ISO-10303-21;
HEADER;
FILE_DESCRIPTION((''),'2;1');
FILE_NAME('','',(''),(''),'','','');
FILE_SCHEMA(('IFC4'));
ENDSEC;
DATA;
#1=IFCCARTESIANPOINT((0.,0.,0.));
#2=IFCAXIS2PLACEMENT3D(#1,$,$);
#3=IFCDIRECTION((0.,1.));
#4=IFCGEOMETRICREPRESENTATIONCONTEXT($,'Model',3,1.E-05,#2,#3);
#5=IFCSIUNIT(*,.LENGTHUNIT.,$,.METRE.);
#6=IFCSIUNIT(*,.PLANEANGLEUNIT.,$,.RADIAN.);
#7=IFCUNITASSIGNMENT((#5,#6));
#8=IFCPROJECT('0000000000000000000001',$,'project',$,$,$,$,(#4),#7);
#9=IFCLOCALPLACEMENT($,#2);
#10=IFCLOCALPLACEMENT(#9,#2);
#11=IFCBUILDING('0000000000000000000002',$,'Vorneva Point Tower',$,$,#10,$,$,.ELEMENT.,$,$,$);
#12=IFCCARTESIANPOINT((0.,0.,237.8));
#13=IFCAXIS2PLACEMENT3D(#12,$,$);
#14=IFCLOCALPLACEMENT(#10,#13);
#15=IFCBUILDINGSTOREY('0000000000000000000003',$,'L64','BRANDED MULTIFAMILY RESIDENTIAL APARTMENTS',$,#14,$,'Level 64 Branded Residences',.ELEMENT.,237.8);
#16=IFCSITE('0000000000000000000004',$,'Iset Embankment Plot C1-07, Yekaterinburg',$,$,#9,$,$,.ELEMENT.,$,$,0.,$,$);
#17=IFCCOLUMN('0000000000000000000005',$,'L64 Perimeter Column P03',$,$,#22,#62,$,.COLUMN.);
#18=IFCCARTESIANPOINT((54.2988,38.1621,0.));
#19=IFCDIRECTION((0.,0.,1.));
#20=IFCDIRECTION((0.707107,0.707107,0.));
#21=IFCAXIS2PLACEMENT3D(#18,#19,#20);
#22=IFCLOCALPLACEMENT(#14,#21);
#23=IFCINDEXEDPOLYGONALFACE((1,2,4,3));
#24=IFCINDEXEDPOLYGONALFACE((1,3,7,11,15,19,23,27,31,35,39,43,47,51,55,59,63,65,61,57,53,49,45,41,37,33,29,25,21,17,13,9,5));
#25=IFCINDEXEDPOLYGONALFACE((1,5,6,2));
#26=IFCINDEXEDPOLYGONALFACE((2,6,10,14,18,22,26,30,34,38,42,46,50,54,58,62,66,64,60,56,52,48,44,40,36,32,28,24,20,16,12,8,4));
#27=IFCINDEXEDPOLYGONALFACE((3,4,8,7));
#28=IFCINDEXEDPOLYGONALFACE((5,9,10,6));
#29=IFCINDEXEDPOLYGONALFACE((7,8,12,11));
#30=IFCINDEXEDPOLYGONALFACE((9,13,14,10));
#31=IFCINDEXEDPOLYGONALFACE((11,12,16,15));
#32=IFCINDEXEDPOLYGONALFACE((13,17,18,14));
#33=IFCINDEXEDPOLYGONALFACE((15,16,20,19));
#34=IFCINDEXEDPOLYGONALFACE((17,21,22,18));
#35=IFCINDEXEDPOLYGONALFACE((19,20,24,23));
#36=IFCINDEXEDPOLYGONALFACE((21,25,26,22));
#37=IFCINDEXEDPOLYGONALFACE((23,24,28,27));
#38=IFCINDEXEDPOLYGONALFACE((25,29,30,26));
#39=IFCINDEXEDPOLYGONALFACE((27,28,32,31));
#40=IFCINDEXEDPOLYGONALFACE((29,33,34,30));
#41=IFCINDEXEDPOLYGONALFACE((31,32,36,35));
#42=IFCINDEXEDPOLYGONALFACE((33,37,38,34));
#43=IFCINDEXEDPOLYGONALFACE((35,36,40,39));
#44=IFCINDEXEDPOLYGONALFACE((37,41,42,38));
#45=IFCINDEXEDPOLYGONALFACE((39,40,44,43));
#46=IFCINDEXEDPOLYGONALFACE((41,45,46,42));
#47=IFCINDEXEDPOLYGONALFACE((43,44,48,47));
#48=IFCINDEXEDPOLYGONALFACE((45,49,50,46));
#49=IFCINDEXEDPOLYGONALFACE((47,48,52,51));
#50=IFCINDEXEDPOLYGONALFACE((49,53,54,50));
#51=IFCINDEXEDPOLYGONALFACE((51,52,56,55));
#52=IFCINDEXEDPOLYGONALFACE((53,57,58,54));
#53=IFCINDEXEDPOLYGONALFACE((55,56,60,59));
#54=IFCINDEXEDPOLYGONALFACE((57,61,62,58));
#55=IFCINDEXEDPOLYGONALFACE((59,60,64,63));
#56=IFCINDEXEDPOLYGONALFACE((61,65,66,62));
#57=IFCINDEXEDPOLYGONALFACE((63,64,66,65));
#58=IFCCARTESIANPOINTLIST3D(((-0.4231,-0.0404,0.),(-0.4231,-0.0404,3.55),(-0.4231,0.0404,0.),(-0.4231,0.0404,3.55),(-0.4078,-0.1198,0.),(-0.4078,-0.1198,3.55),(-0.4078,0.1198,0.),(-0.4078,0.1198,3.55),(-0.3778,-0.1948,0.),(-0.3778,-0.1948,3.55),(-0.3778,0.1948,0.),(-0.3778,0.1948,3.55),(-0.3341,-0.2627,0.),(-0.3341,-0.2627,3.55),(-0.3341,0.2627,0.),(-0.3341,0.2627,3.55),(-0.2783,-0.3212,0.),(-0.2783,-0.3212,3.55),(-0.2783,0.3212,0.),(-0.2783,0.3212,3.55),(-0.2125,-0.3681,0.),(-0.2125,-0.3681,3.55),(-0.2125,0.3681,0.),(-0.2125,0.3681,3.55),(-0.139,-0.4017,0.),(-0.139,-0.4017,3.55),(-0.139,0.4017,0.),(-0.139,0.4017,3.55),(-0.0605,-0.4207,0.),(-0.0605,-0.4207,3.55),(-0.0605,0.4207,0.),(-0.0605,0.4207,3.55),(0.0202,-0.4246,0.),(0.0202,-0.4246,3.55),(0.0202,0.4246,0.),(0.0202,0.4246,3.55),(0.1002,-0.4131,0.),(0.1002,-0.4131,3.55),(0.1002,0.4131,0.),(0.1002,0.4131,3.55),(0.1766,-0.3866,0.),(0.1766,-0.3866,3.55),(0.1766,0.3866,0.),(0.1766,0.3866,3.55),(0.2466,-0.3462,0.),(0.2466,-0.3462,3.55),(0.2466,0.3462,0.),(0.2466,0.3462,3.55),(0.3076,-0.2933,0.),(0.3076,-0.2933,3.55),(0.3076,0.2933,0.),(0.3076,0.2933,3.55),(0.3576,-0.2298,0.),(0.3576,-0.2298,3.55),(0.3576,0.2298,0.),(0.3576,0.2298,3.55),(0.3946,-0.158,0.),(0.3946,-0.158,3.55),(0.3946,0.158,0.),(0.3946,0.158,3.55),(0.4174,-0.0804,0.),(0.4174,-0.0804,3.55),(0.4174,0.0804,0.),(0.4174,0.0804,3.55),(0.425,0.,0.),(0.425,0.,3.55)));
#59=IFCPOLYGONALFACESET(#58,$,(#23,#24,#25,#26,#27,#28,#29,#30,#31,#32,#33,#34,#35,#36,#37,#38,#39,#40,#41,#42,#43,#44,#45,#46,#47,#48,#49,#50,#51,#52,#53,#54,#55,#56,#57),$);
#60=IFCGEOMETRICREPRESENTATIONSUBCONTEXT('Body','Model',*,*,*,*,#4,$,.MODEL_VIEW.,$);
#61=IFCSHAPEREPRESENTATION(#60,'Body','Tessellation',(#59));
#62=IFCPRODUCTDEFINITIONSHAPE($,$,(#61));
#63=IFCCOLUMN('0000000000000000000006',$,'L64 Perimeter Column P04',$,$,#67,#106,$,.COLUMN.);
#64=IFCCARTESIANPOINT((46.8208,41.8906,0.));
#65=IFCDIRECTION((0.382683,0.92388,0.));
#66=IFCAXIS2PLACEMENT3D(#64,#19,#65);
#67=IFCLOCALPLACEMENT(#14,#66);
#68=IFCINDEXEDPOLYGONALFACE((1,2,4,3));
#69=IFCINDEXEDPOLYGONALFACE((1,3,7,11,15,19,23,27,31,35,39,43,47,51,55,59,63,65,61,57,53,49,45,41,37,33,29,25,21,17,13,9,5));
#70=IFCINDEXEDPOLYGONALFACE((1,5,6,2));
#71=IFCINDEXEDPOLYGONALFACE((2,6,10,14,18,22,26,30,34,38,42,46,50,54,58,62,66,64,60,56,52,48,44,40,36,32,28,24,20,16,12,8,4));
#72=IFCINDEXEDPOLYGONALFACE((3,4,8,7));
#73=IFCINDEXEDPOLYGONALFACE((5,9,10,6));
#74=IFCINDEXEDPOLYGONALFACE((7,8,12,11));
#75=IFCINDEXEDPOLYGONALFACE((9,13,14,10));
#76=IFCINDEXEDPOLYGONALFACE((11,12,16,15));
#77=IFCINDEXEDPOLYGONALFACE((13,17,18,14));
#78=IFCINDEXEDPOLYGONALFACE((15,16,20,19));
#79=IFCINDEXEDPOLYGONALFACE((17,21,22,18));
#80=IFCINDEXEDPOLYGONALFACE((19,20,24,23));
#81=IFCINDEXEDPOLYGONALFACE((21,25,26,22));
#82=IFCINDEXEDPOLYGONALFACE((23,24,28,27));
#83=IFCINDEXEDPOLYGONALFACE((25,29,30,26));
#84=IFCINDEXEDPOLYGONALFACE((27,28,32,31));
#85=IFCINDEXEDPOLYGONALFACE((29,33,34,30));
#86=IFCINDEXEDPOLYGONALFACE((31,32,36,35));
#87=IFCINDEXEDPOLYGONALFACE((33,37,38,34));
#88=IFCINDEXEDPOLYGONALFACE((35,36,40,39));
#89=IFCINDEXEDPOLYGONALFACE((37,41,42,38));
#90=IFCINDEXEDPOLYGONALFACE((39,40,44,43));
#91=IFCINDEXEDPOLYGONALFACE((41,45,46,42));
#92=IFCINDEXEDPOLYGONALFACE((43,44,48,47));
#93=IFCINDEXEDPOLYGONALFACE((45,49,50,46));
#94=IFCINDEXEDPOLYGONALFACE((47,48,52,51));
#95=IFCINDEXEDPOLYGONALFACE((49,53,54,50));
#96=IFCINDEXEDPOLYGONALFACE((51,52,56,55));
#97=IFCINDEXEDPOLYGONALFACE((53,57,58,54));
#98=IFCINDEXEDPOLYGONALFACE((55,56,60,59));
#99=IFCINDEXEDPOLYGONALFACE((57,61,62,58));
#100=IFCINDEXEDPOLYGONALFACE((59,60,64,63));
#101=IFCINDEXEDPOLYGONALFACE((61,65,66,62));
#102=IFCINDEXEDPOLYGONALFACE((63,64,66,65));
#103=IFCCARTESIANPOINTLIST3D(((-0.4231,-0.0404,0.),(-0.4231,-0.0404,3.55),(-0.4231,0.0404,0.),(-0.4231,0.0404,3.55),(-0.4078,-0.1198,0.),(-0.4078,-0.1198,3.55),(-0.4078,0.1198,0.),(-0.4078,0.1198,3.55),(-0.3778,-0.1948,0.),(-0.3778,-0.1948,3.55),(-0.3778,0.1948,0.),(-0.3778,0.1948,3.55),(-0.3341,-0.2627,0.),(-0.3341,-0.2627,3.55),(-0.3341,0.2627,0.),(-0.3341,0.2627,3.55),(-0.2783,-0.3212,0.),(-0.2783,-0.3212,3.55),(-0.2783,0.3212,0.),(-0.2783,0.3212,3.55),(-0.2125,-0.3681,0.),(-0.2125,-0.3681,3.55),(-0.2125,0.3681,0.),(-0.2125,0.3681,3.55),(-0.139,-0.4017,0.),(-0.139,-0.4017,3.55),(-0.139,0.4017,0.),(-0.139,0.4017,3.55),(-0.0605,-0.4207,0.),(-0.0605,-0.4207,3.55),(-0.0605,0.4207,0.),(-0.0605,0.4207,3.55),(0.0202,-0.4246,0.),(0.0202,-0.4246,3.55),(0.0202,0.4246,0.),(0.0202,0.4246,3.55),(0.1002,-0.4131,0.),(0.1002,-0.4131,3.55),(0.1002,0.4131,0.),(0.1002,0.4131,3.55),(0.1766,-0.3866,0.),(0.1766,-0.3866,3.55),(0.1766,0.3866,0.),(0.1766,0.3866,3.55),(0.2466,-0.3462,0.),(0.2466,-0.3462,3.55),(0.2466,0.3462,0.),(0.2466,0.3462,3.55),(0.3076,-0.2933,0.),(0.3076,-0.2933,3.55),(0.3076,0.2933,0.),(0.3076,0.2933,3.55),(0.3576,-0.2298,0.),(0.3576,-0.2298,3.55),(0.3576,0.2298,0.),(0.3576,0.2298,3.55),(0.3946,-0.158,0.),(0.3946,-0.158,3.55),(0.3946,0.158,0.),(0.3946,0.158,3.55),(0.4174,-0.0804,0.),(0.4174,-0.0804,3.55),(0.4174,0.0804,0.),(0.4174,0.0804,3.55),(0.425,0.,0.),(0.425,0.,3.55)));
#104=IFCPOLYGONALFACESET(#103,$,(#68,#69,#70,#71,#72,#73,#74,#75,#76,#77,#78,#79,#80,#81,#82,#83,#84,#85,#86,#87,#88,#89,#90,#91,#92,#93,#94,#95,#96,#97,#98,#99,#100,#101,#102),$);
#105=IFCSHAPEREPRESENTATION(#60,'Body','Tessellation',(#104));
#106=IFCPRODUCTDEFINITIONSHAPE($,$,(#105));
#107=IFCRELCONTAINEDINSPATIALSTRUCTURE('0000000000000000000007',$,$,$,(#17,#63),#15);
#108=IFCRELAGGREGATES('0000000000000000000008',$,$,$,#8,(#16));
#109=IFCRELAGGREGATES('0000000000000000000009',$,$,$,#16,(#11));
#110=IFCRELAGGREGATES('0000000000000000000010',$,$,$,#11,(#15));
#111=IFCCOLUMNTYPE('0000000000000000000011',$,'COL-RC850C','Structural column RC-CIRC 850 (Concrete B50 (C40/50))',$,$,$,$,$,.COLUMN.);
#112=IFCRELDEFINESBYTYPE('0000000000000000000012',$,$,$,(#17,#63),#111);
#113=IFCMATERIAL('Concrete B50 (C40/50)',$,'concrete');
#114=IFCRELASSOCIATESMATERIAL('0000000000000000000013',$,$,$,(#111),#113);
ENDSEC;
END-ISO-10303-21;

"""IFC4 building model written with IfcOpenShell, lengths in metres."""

from ifc_helpers import new_model, si_unit, direction, frame, origin, origin_2d, place, context, subcontext, project, spatial, circle, extrude, material, material_profile, profile_set, type_object, element, save


model = new_model("IFC4")

# Units and contexts
model_context = context("Model", 3, precision=1e-05, world=origin(), true_north=direction((0.0, 1.0)))
body_context = subcontext(model_context, "Body", "Model", "MODEL_VIEW")
ifc_project = project(units=[si_unit("LENGTHUNIT", "METRE"), si_unit("PLANEANGLEUNIT", "RADIAN")], contexts=[model_context])

# Site, building, storey
site_placement = place(None, origin())
site = spatial("IfcSite", under=ifc_project, at=site_placement, Name="Iset Embankment Plot C1-07, Yekaterinburg", CompositionType="ELEMENT", RefElevation=0.0)
building_placement = place(site_placement, origin())
building = spatial("IfcBuilding", under=site, at=building_placement, Name="Vorneva Point Tower", CompositionType="ELEMENT")
storey_placement = place(building_placement, frame((0.0, 0.0, 237.8)))
storey = spatial("IfcBuildingStorey", under=building, at=storey_placement, Name="L64", Description="BRANDED MULTIFAMILY RESIDENTIAL APARTMENTS", LongName="Level 64 Branded Residences", CompositionType="ELEMENT", Elevation=237.8)

# Columns
ifc_material_1 = material(Name="Concrete B50 (C40/50)", Category="concrete")
ifc_material_profile_1 = material_profile(ifc_material_1, circle(Radius=0.425, at=origin_2d()), Name="RC-CIRC 850")
ifc_profile_set_1 = profile_set([ifc_material_profile_1], Name="Concrete B50 (C40/50)")
column_type = type_object("IfcColumnType", Name="COL-RC850C", Description="Structural column RC-CIRC 850 (Concrete B50 (C40/50))", PredefinedType="COLUMN", material=ifc_profile_set_1)
for number, where, z_axis, x_axis, name in (
    (1, (54.2988, 38.1621, 0.0), (0.0, 0.0, 1.0), (0.707107, 0.707107, 0.0), "L64 Perimeter Column P03"),
    (2, (46.8208, 41.8906, 0.0), (0.0, 0.0, 1.0), (0.382683, 0.92388, 0.0), "L64 Perimeter Column P04"),
):
    element("IfcColumn", number, at=place(storey_placement, frame(where, z_axis=z_axis, x_axis=x_axis)), inside=storey, type_object=column_type, Name=name, PredefinedType="COLUMN", context=body_context, shape_type="SweptSolid", body=[
        extrude(circle(Radius=0.425, at=origin_2d()), origin(), (0.0, 0.0, 1.0), 3.55),
    ])

save(model, "model.ifc")
